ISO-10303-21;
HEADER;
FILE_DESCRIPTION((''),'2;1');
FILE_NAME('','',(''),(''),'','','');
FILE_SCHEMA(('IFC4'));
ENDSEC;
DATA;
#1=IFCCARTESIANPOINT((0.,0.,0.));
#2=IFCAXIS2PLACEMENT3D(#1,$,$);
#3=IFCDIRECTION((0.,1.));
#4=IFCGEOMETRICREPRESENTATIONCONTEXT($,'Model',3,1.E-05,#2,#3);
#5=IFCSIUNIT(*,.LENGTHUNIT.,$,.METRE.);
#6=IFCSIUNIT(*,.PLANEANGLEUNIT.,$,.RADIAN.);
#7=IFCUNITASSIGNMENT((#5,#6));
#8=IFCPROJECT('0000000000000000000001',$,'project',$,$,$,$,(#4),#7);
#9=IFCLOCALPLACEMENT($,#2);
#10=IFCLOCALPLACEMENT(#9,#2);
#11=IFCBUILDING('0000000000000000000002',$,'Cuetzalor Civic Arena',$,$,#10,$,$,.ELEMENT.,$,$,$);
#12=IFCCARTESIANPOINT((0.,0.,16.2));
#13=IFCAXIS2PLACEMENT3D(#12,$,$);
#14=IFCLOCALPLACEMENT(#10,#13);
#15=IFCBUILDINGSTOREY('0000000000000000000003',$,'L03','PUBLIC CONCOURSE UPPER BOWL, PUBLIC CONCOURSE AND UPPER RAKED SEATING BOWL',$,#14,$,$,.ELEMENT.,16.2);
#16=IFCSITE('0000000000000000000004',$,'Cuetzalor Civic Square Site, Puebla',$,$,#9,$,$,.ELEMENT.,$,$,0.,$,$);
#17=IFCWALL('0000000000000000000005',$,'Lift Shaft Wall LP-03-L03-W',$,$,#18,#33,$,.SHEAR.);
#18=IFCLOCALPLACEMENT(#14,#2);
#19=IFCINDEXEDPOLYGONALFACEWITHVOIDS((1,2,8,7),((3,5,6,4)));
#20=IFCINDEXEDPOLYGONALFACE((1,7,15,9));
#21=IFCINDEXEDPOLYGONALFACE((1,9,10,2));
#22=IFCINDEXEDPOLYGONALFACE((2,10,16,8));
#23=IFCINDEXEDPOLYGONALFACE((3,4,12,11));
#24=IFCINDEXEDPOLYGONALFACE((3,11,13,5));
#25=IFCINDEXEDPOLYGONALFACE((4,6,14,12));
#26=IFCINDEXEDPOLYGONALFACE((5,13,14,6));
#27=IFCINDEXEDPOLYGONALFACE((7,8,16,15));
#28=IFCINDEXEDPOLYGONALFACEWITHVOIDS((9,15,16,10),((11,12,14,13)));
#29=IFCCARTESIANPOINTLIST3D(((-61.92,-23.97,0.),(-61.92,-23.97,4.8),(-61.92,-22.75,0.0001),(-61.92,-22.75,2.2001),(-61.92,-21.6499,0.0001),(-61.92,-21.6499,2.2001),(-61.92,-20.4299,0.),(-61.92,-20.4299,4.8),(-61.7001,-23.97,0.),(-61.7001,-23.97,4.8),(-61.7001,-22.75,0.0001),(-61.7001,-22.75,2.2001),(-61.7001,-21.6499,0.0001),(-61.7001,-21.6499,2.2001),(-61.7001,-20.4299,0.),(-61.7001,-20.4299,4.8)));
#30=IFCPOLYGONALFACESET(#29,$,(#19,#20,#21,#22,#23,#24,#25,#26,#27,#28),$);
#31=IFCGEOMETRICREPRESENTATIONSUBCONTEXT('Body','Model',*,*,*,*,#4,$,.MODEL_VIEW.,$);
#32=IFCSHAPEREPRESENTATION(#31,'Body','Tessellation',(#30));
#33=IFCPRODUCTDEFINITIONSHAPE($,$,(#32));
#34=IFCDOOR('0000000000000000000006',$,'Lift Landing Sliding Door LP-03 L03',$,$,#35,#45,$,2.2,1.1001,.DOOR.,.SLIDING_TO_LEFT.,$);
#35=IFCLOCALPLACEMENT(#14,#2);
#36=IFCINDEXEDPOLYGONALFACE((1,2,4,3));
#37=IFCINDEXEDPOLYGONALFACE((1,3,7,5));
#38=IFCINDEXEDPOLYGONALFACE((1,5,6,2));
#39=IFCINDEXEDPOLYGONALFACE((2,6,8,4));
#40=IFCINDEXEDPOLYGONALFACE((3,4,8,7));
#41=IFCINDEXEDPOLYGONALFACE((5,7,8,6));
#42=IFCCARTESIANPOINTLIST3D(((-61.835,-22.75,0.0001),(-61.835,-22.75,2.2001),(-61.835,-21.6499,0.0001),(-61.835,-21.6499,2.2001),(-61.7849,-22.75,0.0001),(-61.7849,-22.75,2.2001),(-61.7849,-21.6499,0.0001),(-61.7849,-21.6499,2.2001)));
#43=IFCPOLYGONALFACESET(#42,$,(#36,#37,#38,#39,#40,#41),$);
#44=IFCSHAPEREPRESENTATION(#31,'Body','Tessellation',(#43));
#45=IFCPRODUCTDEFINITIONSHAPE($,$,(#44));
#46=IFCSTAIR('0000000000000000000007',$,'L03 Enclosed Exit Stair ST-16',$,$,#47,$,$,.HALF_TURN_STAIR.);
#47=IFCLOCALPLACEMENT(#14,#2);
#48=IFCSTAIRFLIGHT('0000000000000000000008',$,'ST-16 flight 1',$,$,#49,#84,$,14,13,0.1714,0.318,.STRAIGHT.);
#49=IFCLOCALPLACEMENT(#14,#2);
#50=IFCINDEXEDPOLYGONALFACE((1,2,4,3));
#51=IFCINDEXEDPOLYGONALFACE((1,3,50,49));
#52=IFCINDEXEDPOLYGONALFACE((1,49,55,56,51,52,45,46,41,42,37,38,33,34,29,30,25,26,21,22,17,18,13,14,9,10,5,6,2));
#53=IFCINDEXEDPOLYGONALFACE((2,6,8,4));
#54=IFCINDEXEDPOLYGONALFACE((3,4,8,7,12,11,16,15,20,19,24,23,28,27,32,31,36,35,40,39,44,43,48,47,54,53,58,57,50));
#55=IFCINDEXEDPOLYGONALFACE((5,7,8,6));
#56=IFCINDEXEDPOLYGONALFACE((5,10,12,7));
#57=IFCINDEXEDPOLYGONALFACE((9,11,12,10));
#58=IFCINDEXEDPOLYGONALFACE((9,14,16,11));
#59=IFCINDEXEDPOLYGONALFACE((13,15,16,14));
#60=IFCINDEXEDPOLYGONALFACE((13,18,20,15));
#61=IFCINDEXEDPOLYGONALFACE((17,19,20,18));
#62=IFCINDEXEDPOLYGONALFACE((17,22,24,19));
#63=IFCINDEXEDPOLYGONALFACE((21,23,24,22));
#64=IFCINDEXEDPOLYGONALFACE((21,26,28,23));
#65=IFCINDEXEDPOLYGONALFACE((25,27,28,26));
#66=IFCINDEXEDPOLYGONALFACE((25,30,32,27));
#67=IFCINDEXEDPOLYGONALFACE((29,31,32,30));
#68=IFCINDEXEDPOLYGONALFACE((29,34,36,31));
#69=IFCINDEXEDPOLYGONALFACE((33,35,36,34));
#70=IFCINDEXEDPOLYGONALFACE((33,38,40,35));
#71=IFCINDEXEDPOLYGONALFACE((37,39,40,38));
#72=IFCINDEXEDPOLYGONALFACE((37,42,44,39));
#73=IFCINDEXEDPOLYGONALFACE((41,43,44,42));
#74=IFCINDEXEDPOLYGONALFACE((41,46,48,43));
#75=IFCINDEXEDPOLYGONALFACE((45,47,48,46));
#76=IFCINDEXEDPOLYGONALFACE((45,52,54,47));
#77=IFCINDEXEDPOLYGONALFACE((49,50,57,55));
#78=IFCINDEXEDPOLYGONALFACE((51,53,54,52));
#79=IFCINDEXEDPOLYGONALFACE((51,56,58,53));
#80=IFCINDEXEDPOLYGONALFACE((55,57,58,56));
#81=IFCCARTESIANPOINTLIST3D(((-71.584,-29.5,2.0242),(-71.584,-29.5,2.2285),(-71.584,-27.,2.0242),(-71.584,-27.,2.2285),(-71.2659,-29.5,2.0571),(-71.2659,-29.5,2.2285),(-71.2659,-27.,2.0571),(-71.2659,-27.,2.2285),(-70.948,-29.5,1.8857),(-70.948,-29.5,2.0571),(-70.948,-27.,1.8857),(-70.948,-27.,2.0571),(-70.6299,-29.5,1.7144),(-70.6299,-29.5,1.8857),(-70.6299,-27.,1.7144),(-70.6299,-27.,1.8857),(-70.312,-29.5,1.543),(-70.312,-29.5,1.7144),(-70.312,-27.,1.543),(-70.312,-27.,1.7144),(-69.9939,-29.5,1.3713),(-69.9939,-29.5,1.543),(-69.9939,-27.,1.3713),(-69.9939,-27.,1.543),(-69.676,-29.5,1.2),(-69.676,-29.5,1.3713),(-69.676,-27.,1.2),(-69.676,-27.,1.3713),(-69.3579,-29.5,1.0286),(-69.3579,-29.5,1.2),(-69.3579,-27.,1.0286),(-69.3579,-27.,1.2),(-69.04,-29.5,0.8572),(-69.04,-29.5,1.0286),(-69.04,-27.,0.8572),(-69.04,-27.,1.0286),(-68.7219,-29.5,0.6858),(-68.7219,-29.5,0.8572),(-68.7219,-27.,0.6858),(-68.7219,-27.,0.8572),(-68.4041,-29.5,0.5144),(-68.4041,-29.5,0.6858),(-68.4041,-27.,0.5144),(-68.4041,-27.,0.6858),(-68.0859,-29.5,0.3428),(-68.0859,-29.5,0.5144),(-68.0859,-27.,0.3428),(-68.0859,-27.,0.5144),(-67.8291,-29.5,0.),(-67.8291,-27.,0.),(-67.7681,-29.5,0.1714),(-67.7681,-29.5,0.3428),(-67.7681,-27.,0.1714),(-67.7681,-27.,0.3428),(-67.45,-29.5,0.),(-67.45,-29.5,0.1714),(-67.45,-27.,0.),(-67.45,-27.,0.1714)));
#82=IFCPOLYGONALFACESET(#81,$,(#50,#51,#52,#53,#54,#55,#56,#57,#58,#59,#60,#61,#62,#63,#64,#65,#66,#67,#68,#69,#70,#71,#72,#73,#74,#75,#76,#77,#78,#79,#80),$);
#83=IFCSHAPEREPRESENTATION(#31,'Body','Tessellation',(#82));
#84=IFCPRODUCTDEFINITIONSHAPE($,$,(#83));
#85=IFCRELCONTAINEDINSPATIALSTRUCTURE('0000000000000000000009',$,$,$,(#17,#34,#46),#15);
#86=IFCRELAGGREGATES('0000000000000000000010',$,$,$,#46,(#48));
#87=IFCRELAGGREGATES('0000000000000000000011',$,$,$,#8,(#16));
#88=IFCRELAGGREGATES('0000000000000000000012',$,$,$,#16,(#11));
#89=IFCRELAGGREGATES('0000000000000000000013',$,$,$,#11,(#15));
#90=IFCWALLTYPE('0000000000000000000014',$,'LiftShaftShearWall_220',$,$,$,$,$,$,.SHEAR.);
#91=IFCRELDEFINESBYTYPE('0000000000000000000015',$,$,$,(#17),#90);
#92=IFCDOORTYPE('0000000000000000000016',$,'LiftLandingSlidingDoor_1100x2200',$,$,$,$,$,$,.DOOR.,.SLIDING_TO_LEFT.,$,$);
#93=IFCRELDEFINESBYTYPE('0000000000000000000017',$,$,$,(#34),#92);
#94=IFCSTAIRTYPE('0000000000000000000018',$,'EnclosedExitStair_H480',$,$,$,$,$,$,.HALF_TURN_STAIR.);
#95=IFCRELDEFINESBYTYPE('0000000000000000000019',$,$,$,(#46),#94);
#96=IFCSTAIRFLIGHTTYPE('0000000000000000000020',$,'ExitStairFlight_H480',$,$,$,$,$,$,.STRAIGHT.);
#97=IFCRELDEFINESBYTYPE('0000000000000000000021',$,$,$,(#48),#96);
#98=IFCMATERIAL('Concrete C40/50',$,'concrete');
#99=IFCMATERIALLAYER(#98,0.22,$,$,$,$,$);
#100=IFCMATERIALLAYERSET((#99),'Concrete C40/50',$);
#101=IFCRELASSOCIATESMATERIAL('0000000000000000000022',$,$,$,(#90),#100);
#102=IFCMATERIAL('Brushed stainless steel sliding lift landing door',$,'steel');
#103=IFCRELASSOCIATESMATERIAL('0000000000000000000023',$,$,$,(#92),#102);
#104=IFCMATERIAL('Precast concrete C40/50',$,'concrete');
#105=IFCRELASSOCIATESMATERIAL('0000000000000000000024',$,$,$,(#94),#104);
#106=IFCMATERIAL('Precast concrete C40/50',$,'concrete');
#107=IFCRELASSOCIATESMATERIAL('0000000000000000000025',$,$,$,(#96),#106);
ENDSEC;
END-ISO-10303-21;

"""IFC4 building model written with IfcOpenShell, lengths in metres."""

from ifc_helpers import new_model, si_unit, direction, frame, frame_2d, origin, place, context, subcontext, project, spatial, polyline, rectangle, outline, extrude, material, layer, layer_set, type_object, element, fill, aggregate, save


model = new_model("IFC4")

# Units and contexts
model_context = context("Model", 3, precision=1e-05, world=origin(), true_north=direction((0.0, 1.0)))
body_context = subcontext(model_context, "Body", "Model", "MODEL_VIEW")
ifc_project = project(units=[si_unit("LENGTHUNIT", "METRE"), si_unit("PLANEANGLEUNIT", "RADIAN")], contexts=[model_context])

# Site, building, storey
site_placement = place(None, origin())
site = spatial("IfcSite", under=ifc_project, at=site_placement, Name="Cuetzalor Civic Square Site, Puebla", CompositionType="ELEMENT", RefElevation=0.0)
building_placement = place(site_placement, origin())
building = spatial("IfcBuilding", under=site, at=building_placement, Name="Cuetzalor Civic Arena", CompositionType="ELEMENT")
storey_placement = place(building_placement, frame((0.0, 0.0, 16.2)))
storey = spatial("IfcBuildingStorey", under=building, at=storey_placement, Name="L03", Description="PUBLIC CONCOURSE UPPER BOWL, PUBLIC CONCOURSE AND UPPER RAKED SEATING BOWL", CompositionType="ELEMENT", Elevation=16.2)

# Wall, opening, door
ifc_material_1 = material(Name="Concrete C40/50", Category="concrete")
ifc_layer_1 = layer(ifc_material_1, 0.22)
ifc_layer_set_1 = layer_set([ifc_layer_1], Name="Concrete C40/50")
wall_type_1 = type_object("IfcWallType", Name="LiftShaftShearWall_220", PredefinedType="SHEAR", material=ifc_layer_set_1)
wall_1_placement = place(storey_placement, frame((-61.8101, -23.97, 0.0), z_axis=(0.0, 0.0, 1.0), x_axis=(0.0, 1.0, 0.0)))
wall_1 = element("IfcWall", 1, at=wall_1_placement, inside=storey, type_object=wall_type_1, Name="Lift Shaft Wall LP-03-L03-W", PredefinedType="SHEAR", context=body_context, shape_type="SweptSolid", body=[
    extrude(rectangle(XDim=3.54, YDim=0.22, at=frame_2d((1.77, 0.0))), origin(), (0.0, 0.0, 1.0), 4.8),
])
opening_1_placement = place(wall_1_placement, frame((1.22, 0.0, 0.0)))
opening_1 = element("IfcOpeningElement", 2, at=opening_1_placement, cuts=wall_1, PredefinedType="OPENING", context=body_context, shape_type="SweptSolid", body=[
    extrude(rectangle(XDim=1.1001, YDim=2.2, at=frame_2d((0.55, 1.1001))), frame((0.0, 0.1201, 0.0), z_axis=(0.0, -1.0, 0.0), x_axis=(1.0, 0.0, 0.0)), (0.0, 0.0, 1.0), 0.24),
])
ifc_material_2 = material(Name="Brushed stainless steel sliding lift landing door", Category="steel")
door_type_1 = type_object("IfcDoorType", Name="LiftLandingSlidingDoor_1100x2200", OperationType="SLIDING_TO_LEFT", PredefinedType="DOOR", material=ifc_material_2)
door_1_placement = place(opening_1_placement, origin())
door_1 = element("IfcDoor", 3, at=door_1_placement, inside=storey, type_object=door_type_1, Name="Lift Landing Sliding Door LP-03 L03", OperationType="SLIDING_TO_LEFT", OverallHeight=2.2, OverallWidth=1.1001, PredefinedType="DOOR", context=body_context, shape_type="SweptSolid", body=[
    extrude(rectangle(XDim=1.1001, YDim=2.2, at=frame_2d((0.55, 1.1001))), frame((0.0, 0.0249, 0.0), z_axis=(0.0, -1.0, 0.0), x_axis=(1.0, 0.0, 0.0)), (0.0, 0.0, 1.0), 0.05),
])
fill(opening_1, door_1)

# Stair, stair flight
ifc_material_3 = material(Name="Precast concrete C40/50", Category="concrete")
stair_type = type_object("IfcStairType", Name="EnclosedExitStair_H480", PredefinedType="HALF_TURN_STAIR", material=ifc_material_3)
stair_placement = place(storey_placement, origin())
stair = element("IfcStair", 4, at=stair_placement, inside=storey, type_object=stair_type, Name="L03 Enclosed Exit Stair ST-16", PredefinedType="HALF_TURN_STAIR")
ifc_material_4 = material(Name="Precast concrete C40/50", Category="concrete")
stair_flight_type = type_object("IfcStairFlightType", Name="ExitStairFlight_H480", PredefinedType="STRAIGHT", material=ifc_material_4)
stair_flight_placement = place(storey_placement, frame((-67.45, -28.25, 0.0), z_axis=(0.0, 0.0, 1.0), x_axis=(-1.0, 0.0, 0.0)))
stair_flight = element("IfcStairFlight", 5, at=stair_flight_placement, type_object=stair_flight_type, Name="ST-16 flight 1", NumberOfRisers=14, NumberOfTreads=13, PredefinedType="STRAIGHT", RiserHeight=0.1714, TreadLength=0.318, context=body_context, shape_type="SweptSolid", body=[
    extrude(outline(polyline([(0.0, 0.0), (0.0, 0.1714), (0.3181, 0.1714), (0.3181, 0.3428), (0.636, 0.3428), (0.636, 0.5144), (0.9541, 0.5144), (0.9541, 0.6858), (1.272, 0.6858), (1.272, 0.8572), (1.5901, 0.8572), (1.5901, 1.0286), (1.908, 1.0286), (1.908, 1.2), (2.2261, 1.2), (2.2261, 1.3713), (2.5439, 1.3713), (2.5439, 1.543), (2.8621, 1.543), (2.8621, 1.7144), (3.1799, 1.7144), (3.1799, 1.8857), (3.498, 1.8857), (3.498, 2.0571), (3.8159, 2.0571), (3.8159, 2.2285), (4.134, 2.2285), (4.134, 2.3999), (4.134, 2.0242), (0.3792, 0.0), (0.0, 0.0)])), frame((0.0, 1.25, 0.0), z_axis=(0.0, -1.0, 0.0), x_axis=(1.0, 0.0, 0.0)), (0.0, 0.0, 1.0), 2.5),
])
aggregate(stair, [stair_flight])

save(model, "model.ifc")
